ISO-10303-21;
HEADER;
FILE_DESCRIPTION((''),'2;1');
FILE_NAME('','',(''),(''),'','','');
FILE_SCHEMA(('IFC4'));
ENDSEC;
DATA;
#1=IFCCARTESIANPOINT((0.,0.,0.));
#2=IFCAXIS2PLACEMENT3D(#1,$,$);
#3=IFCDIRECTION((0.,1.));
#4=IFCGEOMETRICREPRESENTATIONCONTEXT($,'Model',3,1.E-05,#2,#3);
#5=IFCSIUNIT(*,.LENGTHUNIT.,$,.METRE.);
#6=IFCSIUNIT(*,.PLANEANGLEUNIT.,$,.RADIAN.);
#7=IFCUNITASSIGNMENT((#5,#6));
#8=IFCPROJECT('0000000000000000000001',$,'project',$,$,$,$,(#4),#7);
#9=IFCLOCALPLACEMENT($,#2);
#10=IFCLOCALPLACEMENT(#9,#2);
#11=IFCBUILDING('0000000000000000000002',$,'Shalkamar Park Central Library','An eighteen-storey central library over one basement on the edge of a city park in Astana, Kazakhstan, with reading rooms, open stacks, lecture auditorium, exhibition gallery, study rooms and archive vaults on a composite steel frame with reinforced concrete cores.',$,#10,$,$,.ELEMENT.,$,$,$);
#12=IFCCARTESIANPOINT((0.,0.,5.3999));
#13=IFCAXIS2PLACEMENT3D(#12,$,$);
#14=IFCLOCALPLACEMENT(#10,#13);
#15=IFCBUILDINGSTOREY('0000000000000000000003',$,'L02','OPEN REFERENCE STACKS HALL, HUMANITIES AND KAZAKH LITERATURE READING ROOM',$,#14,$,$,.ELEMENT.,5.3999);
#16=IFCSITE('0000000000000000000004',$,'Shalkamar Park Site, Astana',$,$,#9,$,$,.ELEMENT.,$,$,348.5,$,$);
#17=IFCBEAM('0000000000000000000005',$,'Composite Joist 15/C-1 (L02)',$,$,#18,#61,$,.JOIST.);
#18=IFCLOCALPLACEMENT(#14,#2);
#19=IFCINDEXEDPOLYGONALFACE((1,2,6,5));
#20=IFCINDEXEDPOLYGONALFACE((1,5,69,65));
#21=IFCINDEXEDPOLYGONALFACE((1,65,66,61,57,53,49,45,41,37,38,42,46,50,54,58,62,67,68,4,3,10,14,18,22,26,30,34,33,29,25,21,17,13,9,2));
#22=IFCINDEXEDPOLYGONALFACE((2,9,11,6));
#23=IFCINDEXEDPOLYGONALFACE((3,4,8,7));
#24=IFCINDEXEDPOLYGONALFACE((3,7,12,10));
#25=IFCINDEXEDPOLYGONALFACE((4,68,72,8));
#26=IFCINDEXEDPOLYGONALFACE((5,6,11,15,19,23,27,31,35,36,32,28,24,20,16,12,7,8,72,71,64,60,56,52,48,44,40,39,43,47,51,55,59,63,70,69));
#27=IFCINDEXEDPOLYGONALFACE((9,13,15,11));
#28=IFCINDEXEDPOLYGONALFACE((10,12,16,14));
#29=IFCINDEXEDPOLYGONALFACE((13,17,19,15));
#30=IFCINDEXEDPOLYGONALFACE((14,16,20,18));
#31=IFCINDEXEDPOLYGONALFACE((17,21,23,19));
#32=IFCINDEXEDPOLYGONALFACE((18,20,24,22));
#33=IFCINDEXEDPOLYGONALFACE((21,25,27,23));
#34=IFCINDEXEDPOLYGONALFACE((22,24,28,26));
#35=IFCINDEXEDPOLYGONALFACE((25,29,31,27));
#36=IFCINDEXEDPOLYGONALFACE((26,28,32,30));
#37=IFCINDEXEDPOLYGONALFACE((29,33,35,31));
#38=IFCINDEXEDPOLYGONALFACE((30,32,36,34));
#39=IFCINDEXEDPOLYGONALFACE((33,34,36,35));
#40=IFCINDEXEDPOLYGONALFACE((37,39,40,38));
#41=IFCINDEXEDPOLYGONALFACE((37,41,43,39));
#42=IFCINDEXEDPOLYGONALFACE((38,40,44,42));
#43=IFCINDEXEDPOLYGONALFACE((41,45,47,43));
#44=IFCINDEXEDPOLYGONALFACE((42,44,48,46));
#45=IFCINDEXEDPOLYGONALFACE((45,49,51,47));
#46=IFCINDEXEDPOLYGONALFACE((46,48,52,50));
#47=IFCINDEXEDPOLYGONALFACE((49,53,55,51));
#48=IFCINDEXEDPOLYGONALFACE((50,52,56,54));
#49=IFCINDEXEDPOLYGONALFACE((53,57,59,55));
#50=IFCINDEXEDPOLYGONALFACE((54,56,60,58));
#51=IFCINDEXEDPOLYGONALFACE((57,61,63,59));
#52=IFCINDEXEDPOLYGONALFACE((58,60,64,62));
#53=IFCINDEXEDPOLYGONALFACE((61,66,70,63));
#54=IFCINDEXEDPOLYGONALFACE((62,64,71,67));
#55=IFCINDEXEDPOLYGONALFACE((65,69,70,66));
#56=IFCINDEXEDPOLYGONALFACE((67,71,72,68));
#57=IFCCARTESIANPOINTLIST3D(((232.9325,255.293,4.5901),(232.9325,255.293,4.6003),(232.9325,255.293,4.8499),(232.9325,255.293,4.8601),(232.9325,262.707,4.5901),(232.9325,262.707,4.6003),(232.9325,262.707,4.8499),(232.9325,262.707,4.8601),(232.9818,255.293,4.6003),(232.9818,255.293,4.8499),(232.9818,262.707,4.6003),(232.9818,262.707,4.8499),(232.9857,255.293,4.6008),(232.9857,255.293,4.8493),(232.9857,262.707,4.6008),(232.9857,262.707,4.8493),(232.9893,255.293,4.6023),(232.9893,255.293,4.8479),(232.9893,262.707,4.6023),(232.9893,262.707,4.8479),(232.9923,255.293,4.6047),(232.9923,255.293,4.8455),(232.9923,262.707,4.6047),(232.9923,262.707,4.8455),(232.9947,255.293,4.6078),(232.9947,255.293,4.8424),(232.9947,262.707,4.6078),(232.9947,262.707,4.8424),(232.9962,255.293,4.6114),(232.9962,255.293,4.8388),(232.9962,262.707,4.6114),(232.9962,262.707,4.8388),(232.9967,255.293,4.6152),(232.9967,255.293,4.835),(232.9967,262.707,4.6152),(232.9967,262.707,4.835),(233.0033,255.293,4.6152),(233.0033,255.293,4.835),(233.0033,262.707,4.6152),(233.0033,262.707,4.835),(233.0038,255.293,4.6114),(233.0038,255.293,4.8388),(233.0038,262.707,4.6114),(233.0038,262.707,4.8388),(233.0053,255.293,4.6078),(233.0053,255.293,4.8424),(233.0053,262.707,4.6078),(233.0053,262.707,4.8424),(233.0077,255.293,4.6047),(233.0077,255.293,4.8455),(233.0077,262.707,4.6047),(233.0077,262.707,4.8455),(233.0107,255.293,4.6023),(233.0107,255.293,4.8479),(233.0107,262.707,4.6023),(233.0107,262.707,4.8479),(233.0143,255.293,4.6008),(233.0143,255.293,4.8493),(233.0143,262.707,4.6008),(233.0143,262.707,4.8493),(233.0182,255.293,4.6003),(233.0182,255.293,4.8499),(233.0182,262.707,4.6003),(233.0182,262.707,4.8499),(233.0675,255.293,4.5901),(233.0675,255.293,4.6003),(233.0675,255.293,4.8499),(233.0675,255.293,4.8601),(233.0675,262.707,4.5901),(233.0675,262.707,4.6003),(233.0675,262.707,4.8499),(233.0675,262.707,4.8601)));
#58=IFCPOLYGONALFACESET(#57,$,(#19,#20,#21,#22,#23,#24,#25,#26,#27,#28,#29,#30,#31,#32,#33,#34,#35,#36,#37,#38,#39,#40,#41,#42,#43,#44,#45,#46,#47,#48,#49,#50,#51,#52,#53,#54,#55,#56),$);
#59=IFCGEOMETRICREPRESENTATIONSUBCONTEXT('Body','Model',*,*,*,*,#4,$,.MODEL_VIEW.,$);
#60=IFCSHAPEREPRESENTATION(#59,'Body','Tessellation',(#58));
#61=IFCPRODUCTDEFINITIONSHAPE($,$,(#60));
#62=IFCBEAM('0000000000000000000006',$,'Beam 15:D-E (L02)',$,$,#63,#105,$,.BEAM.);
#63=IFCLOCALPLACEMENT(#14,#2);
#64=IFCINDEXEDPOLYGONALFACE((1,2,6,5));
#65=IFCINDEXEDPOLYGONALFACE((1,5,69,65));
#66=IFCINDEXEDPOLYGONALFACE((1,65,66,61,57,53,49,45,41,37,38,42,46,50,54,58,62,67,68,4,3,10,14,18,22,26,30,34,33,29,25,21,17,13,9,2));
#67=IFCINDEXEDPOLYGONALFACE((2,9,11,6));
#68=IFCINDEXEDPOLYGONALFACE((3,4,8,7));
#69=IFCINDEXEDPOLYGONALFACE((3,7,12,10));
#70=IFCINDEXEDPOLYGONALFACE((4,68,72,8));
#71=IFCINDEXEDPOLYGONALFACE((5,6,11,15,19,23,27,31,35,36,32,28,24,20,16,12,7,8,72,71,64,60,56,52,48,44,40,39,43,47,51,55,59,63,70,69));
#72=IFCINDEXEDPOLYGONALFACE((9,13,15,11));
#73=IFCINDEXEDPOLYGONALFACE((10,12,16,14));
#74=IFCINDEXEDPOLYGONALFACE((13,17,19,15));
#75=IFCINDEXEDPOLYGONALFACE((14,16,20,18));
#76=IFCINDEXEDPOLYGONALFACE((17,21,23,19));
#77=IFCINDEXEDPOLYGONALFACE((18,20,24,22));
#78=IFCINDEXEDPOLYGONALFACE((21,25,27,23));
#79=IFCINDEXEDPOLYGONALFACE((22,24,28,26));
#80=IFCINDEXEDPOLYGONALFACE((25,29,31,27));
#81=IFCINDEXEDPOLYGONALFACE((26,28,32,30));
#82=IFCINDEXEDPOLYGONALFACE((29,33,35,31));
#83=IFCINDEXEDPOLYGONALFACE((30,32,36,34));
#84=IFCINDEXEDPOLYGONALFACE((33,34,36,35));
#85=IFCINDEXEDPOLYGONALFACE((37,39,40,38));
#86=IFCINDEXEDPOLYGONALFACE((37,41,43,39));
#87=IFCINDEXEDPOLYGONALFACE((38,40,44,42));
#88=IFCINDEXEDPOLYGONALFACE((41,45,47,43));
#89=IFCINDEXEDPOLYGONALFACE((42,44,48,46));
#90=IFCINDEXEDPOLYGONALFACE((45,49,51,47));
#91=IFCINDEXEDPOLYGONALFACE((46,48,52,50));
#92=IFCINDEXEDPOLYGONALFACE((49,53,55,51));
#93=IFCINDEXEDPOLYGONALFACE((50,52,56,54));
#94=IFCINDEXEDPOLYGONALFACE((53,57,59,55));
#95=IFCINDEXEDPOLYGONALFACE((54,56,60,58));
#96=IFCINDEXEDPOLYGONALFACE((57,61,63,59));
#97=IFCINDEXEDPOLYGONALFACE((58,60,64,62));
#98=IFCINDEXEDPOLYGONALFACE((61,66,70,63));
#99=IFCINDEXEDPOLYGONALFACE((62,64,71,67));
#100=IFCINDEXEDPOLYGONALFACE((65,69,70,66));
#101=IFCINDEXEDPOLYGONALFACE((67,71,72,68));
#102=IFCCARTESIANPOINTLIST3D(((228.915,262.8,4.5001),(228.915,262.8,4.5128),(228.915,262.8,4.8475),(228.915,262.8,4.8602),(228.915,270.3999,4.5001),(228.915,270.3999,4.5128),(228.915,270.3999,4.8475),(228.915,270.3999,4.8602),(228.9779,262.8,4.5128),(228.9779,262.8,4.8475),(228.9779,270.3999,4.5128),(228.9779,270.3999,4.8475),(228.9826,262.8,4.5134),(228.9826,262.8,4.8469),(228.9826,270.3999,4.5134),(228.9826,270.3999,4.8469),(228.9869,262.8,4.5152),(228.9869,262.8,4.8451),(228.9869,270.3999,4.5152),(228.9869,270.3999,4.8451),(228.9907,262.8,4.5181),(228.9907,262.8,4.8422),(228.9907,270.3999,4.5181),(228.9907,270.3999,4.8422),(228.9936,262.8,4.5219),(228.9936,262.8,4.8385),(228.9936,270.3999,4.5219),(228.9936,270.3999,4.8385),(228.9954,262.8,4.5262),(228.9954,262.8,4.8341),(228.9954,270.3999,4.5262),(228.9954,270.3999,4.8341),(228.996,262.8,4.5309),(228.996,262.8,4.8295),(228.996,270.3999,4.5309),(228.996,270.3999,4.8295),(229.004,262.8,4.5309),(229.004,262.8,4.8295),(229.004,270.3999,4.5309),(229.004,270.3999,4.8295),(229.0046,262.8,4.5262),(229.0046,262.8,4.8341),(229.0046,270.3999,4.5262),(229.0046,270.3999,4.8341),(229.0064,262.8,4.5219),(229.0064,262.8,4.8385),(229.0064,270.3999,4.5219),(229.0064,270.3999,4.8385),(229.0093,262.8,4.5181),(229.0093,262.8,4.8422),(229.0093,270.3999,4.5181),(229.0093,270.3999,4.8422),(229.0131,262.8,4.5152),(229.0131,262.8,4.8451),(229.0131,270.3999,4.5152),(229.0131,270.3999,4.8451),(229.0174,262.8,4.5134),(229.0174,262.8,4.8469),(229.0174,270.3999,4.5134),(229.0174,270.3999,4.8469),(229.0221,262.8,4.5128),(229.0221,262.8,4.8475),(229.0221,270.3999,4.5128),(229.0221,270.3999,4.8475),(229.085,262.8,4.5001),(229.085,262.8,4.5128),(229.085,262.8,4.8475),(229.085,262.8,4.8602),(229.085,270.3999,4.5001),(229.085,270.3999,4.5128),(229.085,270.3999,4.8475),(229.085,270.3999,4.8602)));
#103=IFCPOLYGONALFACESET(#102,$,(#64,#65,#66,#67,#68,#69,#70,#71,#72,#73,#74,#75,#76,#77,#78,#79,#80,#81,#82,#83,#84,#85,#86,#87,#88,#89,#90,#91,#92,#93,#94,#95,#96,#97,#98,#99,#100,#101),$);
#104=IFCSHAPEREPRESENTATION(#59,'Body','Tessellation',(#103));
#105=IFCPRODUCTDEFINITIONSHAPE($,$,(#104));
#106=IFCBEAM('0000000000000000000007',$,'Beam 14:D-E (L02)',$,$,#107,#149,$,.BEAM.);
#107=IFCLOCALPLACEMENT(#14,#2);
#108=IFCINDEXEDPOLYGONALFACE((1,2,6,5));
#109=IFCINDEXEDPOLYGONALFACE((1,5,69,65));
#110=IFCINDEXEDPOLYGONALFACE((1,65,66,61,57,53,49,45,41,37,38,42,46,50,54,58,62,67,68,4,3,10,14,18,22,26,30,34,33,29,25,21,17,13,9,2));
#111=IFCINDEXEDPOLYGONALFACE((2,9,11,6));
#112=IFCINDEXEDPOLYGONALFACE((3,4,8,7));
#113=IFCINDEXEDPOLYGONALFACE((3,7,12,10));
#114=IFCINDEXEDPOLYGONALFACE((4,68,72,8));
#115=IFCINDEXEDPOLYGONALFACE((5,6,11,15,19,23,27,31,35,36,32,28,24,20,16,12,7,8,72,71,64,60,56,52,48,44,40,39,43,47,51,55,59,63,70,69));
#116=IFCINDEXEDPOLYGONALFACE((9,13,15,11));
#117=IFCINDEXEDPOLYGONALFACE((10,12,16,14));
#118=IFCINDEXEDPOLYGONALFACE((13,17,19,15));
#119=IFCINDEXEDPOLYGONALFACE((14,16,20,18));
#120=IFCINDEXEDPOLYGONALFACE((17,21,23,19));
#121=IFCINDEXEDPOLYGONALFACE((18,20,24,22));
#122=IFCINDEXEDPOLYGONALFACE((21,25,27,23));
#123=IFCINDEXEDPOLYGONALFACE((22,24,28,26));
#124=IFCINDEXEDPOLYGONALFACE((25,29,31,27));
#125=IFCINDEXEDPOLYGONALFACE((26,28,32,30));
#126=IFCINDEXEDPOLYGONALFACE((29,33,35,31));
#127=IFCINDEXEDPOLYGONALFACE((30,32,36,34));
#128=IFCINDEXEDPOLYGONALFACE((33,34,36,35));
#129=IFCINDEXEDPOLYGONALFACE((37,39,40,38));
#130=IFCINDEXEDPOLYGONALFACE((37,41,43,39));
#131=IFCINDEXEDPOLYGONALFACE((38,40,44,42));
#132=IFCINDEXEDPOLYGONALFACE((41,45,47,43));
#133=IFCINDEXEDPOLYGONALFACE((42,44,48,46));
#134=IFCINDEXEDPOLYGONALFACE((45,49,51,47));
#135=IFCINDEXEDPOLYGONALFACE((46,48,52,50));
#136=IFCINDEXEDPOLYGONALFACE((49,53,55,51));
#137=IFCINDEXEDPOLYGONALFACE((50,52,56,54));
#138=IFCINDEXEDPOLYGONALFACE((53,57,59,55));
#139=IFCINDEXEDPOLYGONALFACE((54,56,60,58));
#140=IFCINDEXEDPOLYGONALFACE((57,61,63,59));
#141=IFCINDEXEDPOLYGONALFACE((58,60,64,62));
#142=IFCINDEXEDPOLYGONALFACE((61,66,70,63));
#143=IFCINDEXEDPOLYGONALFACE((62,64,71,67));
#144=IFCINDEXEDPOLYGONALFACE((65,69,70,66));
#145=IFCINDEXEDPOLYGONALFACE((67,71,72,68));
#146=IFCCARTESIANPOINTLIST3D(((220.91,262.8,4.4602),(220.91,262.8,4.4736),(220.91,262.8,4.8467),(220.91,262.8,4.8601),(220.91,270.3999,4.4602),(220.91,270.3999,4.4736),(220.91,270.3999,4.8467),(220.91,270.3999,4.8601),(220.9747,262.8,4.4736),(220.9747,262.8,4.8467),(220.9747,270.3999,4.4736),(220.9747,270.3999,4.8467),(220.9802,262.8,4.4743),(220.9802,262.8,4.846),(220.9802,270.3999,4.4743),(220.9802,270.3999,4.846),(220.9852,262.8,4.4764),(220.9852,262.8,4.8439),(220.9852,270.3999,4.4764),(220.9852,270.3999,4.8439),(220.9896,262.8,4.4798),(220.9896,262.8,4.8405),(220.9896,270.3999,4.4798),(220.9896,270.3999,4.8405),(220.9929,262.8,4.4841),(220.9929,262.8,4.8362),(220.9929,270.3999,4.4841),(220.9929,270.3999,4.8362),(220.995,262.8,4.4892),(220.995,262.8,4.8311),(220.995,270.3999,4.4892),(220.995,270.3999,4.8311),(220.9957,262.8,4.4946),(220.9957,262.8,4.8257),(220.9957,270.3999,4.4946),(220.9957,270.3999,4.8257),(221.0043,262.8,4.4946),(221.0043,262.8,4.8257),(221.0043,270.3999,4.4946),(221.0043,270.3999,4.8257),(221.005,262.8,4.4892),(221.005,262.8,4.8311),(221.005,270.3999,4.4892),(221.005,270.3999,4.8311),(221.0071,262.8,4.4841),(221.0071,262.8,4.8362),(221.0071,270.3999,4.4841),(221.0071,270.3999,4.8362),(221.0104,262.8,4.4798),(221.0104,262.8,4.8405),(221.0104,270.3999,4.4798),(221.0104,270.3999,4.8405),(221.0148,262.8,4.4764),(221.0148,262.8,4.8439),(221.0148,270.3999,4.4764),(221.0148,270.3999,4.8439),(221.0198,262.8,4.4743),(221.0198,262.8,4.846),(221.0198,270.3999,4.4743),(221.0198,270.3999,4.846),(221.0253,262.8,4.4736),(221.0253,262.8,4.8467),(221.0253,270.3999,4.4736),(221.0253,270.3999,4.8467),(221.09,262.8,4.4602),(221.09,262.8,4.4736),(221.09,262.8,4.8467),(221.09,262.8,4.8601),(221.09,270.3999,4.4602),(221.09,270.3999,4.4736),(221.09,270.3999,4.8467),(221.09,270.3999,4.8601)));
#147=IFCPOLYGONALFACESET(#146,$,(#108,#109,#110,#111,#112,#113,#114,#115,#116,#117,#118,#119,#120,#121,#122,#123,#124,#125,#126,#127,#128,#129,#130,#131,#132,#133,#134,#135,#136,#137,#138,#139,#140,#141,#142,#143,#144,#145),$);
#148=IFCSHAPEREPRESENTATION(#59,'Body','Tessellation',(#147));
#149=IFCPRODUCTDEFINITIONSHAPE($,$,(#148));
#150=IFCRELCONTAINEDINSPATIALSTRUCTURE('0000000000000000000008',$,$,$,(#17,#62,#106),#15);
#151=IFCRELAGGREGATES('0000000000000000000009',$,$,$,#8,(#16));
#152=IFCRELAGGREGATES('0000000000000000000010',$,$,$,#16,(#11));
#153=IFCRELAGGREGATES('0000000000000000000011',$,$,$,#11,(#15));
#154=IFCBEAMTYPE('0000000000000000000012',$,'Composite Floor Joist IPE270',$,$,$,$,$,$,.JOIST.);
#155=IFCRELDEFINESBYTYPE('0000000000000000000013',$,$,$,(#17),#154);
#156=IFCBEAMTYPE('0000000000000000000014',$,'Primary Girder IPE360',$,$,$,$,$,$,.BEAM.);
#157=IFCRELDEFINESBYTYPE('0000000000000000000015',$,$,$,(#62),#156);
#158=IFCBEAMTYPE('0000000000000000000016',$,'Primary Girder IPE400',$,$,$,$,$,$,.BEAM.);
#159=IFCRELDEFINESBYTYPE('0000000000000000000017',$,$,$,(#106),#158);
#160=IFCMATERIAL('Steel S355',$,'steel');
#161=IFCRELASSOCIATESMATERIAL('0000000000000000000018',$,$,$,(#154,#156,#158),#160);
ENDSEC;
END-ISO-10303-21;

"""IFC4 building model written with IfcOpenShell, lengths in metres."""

from ifc_helpers import new_model, si_unit, direction, frame, origin, origin_2d, place, context, subcontext, project, spatial, i_section, extrude, material, material_profile, profile_set, type_object, element, save


model = new_model("IFC4")

# Units and contexts
model_context = context("Model", 3, precision=1e-05, world=origin(), true_north=direction((0.0, 1.0)))
body_context = subcontext(model_context, "Body", "Model", "MODEL_VIEW")
ifc_project = project(units=[si_unit("LENGTHUNIT", "METRE"), si_unit("PLANEANGLEUNIT", "RADIAN")], contexts=[model_context])

# Site, building, storey
site_placement = place(None, origin())
site = spatial("IfcSite", under=ifc_project, at=site_placement, Name="Shalkamar Park Site, Astana", CompositionType="ELEMENT", RefElevation=348.5)
building_placement = place(site_placement, origin())
building = spatial("IfcBuilding", under=site, at=building_placement, Name="Shalkamar Park Central Library", Description="An eighteen-storey central library over one basement on the edge of a city park in Astana, Kazakhstan, with reading rooms, open stacks, lecture auditorium, exhibition gallery, study rooms and archive vaults on a composite steel frame with reinforced concrete cores.", CompositionType="ELEMENT")
storey_placement = place(building_placement, frame((0.0, 0.0, 5.3999)))
storey = spatial("IfcBuildingStorey", under=building, at=storey_placement, Name="L02", Description="OPEN REFERENCE STACKS HALL, HUMANITIES AND KAZAKH LITERATURE READING ROOM", CompositionType="ELEMENT", Elevation=5.3999)

# Shared definitions
ifc_material_1 = material(Name="Steel S355", Category="steel")

# Beams
ifc_material_profile_1 = material_profile(ifc_material_1, i_section(OverallWidth=0.135, OverallDepth=0.27, WebThickness=0.0066, FlangeThickness=0.0103, FilletRadius=0.0149, at=origin_2d()), Name="IPE 270")
ifc_profile_set_1 = profile_set([ifc_material_profile_1], Name="Steel S355")
beam_type_1 = type_object("IfcBeamType", Name="Composite Floor Joist IPE270", PredefinedType="JOIST", material=ifc_profile_set_1)
for number, where, z_axis, x_axis, name in (
    (1, (233.0, 255.293, 4.7251), (0.0, 1.0, 0.0), (-1.0, 0.0, 0.0), "Composite Joist 15/C-1 (L02)"),
):
    element("IfcBeam", number, at=place(storey_placement, frame(where, z_axis=z_axis, x_axis=x_axis)), inside=storey, type_object=beam_type_1, Name=name, PredefinedType="JOIST", context=body_context, shape_type="SweptSolid", body=[
        extrude(i_section(OverallWidth=0.135, OverallDepth=0.27, WebThickness=0.0066, FlangeThickness=0.0103, FilletRadius=0.0149, at=origin_2d()), origin(), (0.0, 0.0, 1.0), 7.4141),
    ])
ifc_material_profile_2 = material_profile(ifc_material_1, i_section(OverallWidth=0.1699, OverallDepth=0.3601, WebThickness=0.0081, FlangeThickness=0.0127, FilletRadius=0.0181, at=origin_2d()), Name="IPE 360")
ifc_profile_set_2 = profile_set([ifc_material_profile_2], Name="Steel S355")
beam_type_2 = type_object("IfcBeamType", Name="Primary Girder IPE360", PredefinedType="BEAM", material=ifc_profile_set_2)
beam_1_placement = place(storey_placement, frame((229.0, 262.8, 4.6802), z_axis=(0.0, 1.0, 0.0), x_axis=(-1.0, 0.0, 0.0)))
element("IfcBeam", 2, at=beam_1_placement, inside=storey, type_object=beam_type_2, Name="Beam 15:D-E (L02)", PredefinedType="BEAM", context=body_context, shape_type="SweptSolid", body=[
    extrude(i_section(OverallWidth=0.1699, OverallDepth=0.3601, WebThickness=0.0081, FlangeThickness=0.0127, FilletRadius=0.0181, at=origin_2d()), origin(), (0.0, 0.0, 1.0), 7.5999),
])
ifc_material_profile_3 = material_profile(ifc_material_1, i_section(OverallWidth=0.1799, OverallDepth=0.3999, WebThickness=0.0085, FlangeThickness=0.0134, FilletRadius=0.021, at=origin_2d()), Name="IPE 400")
ifc_profile_set_3 = profile_set([ifc_material_profile_3], Name="Steel S355")
beam_type_3 = type_object("IfcBeamType", Name="Primary Girder IPE400", PredefinedType="BEAM", material=ifc_profile_set_3)
beam_2_placement = place(storey_placement, frame((221.0, 262.8, 4.6602), z_axis=(0.0, 1.0, 0.0), x_axis=(-1.0, 0.0, 0.0)))
element("IfcBeam", 3, at=beam_2_placement, inside=storey, type_object=beam_type_3, Name="Beam 14:D-E (L02)", PredefinedType="BEAM", context=body_context, shape_type="SweptSolid", body=[
    extrude(i_section(OverallWidth=0.1799, OverallDepth=0.3999, WebThickness=0.0085, FlangeThickness=0.0134, FilletRadius=0.021, at=origin_2d()), origin(), (0.0, 0.0, 1.0), 7.5999),
])

save(model, "model.ifc")
